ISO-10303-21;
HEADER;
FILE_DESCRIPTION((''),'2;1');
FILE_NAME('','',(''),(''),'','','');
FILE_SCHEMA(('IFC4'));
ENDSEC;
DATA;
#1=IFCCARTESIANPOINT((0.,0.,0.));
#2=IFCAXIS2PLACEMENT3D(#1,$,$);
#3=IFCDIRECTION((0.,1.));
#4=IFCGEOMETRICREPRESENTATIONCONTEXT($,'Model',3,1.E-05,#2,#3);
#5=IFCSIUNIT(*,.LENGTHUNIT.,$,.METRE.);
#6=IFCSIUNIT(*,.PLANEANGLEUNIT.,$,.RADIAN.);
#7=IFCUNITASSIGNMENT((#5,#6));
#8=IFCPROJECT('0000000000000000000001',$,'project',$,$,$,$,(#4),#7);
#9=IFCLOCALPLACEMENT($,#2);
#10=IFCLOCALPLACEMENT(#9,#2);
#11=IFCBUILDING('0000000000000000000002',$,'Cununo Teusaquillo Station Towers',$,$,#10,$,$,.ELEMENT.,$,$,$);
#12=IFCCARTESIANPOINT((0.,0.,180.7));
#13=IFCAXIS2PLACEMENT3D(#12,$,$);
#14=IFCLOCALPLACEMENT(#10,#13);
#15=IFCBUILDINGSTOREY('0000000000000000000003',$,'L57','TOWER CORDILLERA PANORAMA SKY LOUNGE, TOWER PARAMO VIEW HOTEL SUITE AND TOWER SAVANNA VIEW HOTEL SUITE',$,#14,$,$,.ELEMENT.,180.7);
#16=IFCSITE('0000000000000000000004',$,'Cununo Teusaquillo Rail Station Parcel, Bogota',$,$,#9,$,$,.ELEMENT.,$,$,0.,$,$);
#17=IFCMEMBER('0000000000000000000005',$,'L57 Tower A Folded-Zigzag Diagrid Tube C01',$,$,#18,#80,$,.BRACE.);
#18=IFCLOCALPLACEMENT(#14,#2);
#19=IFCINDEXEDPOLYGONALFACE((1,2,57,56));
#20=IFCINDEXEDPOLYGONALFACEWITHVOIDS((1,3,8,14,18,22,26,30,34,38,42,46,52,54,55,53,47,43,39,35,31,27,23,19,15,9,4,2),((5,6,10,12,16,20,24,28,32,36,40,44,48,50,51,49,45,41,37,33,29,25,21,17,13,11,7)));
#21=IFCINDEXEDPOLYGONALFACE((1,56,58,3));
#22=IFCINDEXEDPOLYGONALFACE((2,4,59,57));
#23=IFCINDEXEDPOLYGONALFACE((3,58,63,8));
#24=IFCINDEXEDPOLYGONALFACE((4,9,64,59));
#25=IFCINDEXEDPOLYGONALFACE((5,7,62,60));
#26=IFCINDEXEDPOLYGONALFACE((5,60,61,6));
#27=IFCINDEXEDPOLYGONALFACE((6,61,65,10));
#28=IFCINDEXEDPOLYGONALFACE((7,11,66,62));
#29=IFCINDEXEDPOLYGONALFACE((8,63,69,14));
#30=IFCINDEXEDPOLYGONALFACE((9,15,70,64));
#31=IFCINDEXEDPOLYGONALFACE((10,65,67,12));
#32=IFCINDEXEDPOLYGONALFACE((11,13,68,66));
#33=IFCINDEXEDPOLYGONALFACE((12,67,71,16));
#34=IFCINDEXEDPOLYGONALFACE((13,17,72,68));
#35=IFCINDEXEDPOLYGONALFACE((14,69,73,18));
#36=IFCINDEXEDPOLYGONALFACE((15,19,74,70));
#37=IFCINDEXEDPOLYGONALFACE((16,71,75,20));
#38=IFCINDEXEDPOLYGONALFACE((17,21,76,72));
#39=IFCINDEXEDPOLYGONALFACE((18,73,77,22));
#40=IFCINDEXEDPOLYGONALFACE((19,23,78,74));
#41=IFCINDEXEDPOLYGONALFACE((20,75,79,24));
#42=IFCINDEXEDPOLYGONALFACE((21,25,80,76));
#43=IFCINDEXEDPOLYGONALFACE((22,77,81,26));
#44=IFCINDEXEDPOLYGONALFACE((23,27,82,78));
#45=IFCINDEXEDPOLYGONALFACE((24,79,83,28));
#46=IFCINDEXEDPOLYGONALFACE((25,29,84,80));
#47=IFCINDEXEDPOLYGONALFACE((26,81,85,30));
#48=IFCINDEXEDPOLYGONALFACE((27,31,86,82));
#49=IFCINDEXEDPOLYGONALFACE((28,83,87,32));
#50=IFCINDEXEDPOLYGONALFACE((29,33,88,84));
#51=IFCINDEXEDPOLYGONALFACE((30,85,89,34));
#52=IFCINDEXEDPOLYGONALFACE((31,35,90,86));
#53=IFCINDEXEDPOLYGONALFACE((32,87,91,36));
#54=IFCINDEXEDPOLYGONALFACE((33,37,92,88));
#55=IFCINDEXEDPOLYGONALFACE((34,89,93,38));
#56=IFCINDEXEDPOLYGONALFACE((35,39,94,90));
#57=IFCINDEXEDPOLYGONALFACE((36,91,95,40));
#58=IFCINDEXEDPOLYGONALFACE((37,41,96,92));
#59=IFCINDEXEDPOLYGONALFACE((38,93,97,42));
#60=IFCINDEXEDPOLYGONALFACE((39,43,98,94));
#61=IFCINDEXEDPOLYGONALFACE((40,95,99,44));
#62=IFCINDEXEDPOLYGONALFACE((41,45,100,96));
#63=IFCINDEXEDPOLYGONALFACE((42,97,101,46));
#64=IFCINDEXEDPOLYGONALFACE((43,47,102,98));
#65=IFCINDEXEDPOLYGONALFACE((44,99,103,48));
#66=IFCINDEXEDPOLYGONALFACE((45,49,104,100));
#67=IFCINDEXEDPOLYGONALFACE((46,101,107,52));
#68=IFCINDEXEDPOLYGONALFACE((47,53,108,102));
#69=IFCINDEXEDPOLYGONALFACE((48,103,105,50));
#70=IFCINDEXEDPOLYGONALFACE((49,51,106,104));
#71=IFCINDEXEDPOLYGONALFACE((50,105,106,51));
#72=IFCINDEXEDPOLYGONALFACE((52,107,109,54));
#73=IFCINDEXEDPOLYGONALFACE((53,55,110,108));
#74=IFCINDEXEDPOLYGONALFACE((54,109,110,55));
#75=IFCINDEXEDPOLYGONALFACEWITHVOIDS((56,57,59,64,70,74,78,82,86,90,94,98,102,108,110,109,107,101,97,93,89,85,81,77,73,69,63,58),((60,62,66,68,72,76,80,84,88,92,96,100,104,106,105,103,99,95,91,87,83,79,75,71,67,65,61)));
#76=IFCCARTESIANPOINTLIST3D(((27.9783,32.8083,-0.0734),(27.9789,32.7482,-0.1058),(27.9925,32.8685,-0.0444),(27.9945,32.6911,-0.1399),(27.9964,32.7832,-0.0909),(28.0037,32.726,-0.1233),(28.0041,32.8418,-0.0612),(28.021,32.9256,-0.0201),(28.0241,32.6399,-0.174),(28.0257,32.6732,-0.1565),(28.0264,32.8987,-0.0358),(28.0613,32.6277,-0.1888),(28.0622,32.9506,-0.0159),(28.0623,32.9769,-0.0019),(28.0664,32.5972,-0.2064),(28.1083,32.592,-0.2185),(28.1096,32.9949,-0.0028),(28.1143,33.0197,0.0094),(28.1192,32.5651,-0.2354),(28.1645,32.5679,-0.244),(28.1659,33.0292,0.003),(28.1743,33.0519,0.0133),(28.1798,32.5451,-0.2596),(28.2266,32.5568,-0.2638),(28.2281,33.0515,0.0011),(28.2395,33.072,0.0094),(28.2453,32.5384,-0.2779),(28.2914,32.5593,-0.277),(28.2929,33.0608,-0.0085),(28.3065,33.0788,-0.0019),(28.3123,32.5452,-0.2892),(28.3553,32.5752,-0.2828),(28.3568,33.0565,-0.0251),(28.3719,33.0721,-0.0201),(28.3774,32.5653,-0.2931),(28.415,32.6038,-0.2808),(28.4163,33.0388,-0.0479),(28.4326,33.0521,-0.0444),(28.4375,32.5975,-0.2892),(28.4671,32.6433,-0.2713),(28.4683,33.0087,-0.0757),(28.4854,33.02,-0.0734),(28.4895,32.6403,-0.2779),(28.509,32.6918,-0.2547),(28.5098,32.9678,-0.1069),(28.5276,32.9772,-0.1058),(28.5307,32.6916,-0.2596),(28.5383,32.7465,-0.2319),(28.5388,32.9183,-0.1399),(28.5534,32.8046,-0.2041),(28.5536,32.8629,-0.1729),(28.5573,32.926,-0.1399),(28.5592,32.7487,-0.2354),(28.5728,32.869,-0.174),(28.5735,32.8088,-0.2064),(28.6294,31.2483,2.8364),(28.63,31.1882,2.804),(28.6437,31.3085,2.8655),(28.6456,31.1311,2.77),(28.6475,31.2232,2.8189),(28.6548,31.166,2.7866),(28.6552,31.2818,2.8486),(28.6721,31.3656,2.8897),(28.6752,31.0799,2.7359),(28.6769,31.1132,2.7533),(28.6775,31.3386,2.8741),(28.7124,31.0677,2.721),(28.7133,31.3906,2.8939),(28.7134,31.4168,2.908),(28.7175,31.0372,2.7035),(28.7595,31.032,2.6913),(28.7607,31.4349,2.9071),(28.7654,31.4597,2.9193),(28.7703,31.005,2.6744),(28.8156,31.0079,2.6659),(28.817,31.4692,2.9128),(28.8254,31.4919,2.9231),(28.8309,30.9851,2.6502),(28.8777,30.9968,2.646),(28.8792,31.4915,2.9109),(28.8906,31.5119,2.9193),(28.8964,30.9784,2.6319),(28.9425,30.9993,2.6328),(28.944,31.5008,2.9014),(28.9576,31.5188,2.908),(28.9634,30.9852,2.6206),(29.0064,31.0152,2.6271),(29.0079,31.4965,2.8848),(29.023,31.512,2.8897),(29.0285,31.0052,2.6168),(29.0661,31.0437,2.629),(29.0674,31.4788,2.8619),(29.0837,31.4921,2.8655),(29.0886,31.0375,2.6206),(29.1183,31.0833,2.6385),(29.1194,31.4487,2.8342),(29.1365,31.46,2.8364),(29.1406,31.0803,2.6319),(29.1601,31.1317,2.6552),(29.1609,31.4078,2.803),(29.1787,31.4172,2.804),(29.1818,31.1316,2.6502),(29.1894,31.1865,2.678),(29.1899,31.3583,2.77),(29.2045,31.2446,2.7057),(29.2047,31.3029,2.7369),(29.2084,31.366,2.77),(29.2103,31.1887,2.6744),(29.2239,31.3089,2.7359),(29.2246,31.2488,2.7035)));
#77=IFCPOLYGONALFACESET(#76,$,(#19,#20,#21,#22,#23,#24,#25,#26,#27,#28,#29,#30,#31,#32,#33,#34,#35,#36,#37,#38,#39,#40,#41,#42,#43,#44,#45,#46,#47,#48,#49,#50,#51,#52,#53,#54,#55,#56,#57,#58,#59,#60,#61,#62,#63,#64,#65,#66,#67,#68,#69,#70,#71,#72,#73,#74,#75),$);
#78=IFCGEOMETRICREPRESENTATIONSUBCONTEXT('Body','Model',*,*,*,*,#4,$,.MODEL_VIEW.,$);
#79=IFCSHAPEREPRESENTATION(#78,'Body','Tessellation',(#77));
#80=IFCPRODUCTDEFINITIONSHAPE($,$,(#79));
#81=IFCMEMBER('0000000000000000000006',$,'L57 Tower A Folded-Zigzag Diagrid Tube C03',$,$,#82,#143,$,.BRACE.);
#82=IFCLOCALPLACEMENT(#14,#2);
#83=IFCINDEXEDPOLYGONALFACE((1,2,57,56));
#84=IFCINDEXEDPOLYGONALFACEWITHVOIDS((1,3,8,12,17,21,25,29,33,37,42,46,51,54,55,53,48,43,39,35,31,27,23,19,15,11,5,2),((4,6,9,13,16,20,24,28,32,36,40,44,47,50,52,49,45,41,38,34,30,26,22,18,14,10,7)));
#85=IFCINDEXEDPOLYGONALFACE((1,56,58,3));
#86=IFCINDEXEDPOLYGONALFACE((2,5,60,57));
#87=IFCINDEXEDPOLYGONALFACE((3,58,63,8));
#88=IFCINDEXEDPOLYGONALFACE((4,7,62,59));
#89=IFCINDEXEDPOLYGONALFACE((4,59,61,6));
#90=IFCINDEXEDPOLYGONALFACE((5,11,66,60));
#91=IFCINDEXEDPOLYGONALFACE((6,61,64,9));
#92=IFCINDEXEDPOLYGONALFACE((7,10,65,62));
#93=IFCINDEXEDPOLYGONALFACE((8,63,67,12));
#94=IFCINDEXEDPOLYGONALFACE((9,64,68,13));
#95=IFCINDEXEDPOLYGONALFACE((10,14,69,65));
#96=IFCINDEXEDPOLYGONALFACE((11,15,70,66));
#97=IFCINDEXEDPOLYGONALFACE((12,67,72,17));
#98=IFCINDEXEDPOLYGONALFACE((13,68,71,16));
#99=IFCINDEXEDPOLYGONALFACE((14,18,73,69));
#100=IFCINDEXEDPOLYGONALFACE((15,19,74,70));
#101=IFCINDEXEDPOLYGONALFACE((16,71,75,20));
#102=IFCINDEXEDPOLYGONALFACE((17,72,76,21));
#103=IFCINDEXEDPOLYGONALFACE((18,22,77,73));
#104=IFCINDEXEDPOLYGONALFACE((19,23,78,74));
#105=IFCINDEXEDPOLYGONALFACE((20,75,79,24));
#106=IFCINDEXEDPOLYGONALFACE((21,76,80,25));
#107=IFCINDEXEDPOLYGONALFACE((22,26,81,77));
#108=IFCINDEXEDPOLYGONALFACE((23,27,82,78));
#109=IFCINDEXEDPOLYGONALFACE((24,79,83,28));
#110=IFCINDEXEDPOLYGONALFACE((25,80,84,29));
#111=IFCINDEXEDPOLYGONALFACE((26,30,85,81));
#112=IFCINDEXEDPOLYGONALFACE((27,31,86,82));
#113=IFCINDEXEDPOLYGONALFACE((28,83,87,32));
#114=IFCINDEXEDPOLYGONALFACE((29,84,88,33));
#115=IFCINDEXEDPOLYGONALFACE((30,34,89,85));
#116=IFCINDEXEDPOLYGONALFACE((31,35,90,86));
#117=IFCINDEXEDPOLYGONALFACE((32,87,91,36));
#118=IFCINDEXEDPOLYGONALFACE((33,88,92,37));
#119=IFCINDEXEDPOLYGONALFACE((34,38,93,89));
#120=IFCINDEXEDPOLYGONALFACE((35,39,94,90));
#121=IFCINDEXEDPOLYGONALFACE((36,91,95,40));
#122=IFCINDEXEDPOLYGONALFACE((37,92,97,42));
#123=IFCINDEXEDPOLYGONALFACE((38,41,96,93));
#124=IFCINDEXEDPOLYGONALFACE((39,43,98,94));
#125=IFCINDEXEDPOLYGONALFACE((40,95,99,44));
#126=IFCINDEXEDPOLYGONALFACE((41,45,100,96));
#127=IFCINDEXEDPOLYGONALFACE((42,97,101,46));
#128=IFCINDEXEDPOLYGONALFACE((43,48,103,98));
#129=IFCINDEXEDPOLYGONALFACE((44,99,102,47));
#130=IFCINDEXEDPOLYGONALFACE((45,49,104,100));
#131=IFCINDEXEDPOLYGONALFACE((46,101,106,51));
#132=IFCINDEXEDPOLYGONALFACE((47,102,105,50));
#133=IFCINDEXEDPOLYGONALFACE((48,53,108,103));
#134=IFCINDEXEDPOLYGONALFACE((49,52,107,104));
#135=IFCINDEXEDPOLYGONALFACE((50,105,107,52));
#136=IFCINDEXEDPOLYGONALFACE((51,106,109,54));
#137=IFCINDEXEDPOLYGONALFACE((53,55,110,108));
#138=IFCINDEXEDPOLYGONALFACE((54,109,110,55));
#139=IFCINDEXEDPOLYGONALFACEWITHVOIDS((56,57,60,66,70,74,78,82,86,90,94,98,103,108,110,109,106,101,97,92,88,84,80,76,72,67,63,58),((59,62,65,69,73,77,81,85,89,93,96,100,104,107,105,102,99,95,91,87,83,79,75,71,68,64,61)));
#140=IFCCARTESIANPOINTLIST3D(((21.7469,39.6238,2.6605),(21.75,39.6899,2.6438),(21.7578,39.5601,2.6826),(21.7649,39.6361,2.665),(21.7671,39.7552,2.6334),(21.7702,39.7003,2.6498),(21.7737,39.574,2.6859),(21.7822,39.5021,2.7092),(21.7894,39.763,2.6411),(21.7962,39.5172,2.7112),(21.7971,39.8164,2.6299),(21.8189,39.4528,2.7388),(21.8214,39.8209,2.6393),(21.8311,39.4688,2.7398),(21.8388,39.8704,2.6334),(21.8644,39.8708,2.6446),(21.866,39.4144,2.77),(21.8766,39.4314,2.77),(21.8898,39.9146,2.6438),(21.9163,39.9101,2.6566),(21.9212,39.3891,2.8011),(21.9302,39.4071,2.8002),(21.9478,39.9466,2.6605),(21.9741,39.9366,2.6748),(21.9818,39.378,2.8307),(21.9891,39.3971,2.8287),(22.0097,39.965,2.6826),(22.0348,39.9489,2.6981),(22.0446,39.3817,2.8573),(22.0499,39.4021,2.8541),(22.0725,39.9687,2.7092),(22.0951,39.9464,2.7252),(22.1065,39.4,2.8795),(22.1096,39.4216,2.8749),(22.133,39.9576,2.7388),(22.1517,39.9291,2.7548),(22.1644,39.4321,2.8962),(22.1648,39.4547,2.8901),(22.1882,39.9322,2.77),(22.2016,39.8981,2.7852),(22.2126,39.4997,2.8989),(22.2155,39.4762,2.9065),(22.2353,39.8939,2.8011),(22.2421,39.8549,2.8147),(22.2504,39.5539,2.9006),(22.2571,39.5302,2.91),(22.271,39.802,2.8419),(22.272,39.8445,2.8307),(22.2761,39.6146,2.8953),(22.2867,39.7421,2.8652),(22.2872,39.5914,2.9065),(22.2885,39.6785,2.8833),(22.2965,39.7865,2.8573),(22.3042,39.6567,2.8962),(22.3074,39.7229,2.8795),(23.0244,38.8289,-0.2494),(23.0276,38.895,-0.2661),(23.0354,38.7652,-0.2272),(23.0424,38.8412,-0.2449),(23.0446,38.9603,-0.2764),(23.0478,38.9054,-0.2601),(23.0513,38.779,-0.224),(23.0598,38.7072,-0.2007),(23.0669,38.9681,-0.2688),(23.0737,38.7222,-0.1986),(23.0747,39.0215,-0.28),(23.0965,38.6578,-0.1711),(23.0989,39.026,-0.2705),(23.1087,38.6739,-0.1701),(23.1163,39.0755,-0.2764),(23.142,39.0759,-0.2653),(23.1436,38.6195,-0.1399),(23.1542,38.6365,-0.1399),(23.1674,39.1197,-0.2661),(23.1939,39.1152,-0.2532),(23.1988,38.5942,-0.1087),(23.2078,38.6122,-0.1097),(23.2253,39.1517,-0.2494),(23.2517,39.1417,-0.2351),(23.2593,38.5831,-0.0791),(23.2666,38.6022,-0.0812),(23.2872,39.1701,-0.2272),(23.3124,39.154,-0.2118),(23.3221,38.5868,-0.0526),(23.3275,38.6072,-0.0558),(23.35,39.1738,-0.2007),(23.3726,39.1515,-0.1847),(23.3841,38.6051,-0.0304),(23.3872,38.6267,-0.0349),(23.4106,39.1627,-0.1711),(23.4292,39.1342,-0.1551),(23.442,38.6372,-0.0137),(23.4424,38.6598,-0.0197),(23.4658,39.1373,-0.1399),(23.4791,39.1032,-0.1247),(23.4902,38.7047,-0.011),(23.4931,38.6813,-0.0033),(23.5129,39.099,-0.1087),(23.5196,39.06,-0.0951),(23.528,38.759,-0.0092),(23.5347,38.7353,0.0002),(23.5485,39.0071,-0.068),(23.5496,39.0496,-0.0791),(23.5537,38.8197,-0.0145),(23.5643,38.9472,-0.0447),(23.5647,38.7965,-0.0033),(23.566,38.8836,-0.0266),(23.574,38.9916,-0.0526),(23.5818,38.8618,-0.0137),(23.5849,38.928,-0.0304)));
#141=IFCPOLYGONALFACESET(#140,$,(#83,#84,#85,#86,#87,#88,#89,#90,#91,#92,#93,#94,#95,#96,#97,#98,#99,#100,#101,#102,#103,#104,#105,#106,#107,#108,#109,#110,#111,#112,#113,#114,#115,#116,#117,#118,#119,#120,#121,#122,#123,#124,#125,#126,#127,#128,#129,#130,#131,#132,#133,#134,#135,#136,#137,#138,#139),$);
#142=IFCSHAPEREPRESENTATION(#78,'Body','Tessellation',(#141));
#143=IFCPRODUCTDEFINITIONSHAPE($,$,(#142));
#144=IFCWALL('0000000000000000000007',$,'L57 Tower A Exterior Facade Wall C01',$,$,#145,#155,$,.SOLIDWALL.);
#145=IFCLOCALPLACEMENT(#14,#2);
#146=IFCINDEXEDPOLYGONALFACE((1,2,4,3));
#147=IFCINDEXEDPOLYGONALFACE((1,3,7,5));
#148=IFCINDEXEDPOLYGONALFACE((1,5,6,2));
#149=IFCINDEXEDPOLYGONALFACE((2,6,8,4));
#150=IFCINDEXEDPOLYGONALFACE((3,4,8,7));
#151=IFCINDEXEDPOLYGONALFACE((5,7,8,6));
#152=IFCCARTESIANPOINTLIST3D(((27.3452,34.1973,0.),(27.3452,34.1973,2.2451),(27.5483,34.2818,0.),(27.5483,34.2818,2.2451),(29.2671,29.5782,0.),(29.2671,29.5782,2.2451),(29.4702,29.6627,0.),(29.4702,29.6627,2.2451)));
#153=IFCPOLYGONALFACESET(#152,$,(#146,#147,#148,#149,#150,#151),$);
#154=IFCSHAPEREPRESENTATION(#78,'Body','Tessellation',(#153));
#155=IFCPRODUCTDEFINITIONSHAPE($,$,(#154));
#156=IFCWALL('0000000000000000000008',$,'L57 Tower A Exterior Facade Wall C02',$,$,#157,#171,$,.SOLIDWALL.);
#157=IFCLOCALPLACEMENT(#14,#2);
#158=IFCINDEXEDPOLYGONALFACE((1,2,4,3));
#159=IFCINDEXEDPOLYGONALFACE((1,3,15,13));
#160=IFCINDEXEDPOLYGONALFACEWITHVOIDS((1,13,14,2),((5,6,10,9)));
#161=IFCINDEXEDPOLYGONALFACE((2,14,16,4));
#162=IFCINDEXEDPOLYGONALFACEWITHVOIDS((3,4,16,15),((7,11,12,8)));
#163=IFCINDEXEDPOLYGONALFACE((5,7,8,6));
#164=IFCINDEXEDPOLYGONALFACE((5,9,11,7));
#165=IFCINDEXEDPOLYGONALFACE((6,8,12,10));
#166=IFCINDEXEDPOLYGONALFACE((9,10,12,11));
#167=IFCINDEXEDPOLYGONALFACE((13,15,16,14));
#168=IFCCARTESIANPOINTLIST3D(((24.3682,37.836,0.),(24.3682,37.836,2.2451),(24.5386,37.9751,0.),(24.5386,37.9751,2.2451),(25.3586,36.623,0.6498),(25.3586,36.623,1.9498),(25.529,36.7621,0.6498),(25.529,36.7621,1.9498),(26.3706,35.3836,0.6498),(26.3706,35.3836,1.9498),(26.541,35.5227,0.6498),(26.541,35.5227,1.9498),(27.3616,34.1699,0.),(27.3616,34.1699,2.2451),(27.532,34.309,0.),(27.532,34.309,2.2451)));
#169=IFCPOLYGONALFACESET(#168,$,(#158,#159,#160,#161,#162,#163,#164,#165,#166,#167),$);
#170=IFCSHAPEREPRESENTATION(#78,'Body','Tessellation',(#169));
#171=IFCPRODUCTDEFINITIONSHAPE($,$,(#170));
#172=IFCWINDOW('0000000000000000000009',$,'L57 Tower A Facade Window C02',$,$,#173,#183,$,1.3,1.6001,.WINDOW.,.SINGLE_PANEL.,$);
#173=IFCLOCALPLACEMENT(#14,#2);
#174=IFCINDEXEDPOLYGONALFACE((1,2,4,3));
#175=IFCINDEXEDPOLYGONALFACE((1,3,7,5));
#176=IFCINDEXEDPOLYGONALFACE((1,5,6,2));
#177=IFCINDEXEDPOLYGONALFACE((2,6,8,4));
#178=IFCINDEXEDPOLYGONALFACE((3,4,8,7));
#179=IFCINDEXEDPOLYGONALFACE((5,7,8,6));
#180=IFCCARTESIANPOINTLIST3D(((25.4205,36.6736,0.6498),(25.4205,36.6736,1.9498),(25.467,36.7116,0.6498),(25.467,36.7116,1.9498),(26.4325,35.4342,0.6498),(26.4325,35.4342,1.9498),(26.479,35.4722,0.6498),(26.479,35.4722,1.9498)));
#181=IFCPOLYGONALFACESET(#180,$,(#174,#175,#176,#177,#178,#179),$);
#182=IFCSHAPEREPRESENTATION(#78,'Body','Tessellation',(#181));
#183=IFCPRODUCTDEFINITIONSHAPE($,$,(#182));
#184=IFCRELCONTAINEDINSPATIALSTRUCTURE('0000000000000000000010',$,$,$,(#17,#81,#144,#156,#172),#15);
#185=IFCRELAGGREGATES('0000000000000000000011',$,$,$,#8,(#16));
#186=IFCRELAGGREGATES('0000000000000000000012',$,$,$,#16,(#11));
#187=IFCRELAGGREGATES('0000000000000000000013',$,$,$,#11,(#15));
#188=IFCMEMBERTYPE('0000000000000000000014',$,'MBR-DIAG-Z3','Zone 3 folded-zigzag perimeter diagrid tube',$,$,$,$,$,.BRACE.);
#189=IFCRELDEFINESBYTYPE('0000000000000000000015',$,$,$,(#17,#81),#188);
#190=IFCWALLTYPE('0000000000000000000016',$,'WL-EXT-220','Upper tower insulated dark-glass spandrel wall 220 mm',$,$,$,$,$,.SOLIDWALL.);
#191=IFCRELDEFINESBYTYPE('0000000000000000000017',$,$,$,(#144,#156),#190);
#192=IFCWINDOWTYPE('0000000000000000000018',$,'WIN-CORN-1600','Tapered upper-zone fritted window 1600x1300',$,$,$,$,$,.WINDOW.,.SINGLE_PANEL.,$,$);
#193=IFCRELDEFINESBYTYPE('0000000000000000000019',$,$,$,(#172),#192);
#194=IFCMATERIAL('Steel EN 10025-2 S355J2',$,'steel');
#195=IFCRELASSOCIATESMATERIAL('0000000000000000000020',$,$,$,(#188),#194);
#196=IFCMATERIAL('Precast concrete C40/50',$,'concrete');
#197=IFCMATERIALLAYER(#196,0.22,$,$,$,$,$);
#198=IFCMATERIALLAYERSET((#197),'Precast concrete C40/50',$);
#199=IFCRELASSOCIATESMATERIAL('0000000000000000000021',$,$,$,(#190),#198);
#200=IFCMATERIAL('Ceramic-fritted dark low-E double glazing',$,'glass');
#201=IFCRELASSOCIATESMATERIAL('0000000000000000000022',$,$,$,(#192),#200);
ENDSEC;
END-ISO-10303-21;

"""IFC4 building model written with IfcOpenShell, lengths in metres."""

from ifc_helpers import new_model, si_unit, direction, frame, frame_2d, origin, origin_2d, place, context, subcontext, project, spatial, rectangle, hollow_circle, extrude, source, transform, mapped, material, layer, layer_set, material_profile, profile_set, type_object, element, fill, save


model = new_model("IFC4")

# Units and contexts
model_context = context("Model", 3, precision=1e-05, world=origin(), true_north=direction((0.0, 1.0)))
body_context = subcontext(model_context, "Body", "Model", "MODEL_VIEW")
ifc_project = project(units=[si_unit("LENGTHUNIT", "METRE"), si_unit("PLANEANGLEUNIT", "RADIAN")], contexts=[model_context])

# Site, building, storey
site_placement = place(None, origin())
site = spatial("IfcSite", under=ifc_project, at=site_placement, Name="Cununo Teusaquillo Rail Station Parcel, Bogota", CompositionType="ELEMENT", RefElevation=0.0)
building_placement = place(site_placement, origin())
building = spatial("IfcBuilding", under=site, at=building_placement, Name="Cununo Teusaquillo Station Towers", CompositionType="ELEMENT")
storey_placement = place(building_placement, frame((0.0, 0.0, 180.7)))
storey = spatial("IfcBuildingStorey", under=building, at=storey_placement, Name="L57", Description="TOWER CORDILLERA PANORAMA SKY LOUNGE, TOWER PARAMO VIEW HOTEL SUITE AND TOWER SAVANNA VIEW HOTEL SUITE", CompositionType="ELEMENT", Elevation=180.7)

# Members
ifc_material_1 = material(Name="Steel EN 10025-2 S355J2", Category="steel")
ifc_material_profile_1 = material_profile(ifc_material_1, hollow_circle(Radius=0.3049, WallThickness=0.02, at=origin_2d()), Name="CHS 610x20")
ifc_profile_set_1 = profile_set([ifc_material_profile_1], Name="Steel EN 10025-2 S355J2")
member_type = type_object("IfcMemberType", Name="MBR-DIAG-Z3", Description="Zone 3 folded-zigzag perimeter diagrid tube", PredefinedType="BRACE", material=ifc_profile_set_1)
member_1_placement = place(storey_placement, frame((28.2759, 32.8086, -0.1399), z_axis=(0.193481, -0.46357, 0.864678), x_axis=(0.922846, 0.385169, 0.0)))
element("IfcMember", 1, at=member_1_placement, inside=storey, type_object=member_type, Name="L57 Tower A Folded-Zigzag Diagrid Tube C01", PredefinedType="BRACE", context=body_context, shape_type="SweptSolid", body=[
    extrude(hollow_circle(Radius=0.3049, WallThickness=0.02, at=origin_2d()), origin(), (0.0, 0.0, 1.0), 3.3652),
])
member_2_placement = place(storey_placement, frame((23.3047, 38.8784, -0.1399), z_axis=(-0.389992, 0.242655, 0.88827), x_axis=(-0.528291, -0.849063, 0.0)))
element("IfcMember", 2, at=member_2_placement, inside=storey, type_object=member_type, Name="L57 Tower A Folded-Zigzag Diagrid Tube C03", PredefinedType="BRACE", context=body_context, shape_type="SweptSolid", body=[
    extrude(hollow_circle(Radius=0.3049, WallThickness=0.02, at=origin_2d()), origin(), (0.0, 0.0, 1.0), 3.2759),
])

# Wall
ifc_material_2 = material(Name="Precast concrete C40/50", Category="concrete")
ifc_layer_1 = layer(ifc_material_2, 0.22)
ifc_layer_set_1 = layer_set([ifc_layer_1], Name="Precast concrete C40/50")
wall_type_1 = type_object("IfcWallType", Name="WL-EXT-220", Description="Upper tower insulated dark-glass spandrel wall 220 mm", PredefinedType="SOLIDWALL", material=ifc_layer_set_1)
wall_1_placement = place(storey_placement, frame((27.4468, 34.2395, 0.0), z_axis=(0.0, 0.0, 1.0), x_axis=(0.384144, -0.923273, 0.0)))
element("IfcWall", 3, at=wall_1_placement, inside=storey, type_object=wall_type_1, Name="L57 Tower A Exterior Facade Wall C01", PredefinedType="SOLIDWALL", context=body_context, shape_type="SweptSolid", body=[
    extrude(rectangle(XDim=5.0029, YDim=0.22, at=frame_2d((2.5015, 0.0))), origin(), (0.0, 0.0, 1.0), 2.2451),
])

# Wall, opening, window
wall_2_placement = place(storey_placement, frame((24.4534, 37.9055, 0.0), z_axis=(0.0, 0.0, 1.0), x_axis=(0.632471, -0.774584, 0.0)))
wall_2 = element("IfcWall", 4, at=wall_2_placement, inside=storey, type_object=wall_type_1, Name="L57 Tower A Exterior Facade Wall C02", PredefinedType="SOLIDWALL", context=body_context, shape_type="SweptSolid", body=[
    extrude(rectangle(XDim=4.7329, YDim=0.22, at=frame_2d((2.3665, 0.0))), origin(), (0.0, 0.0, 1.0), 2.2451),
])
shared_shape_1 = source(origin(), body_context, "Body", "SweptSolid", [
    extrude(rectangle(XDim=1.6001, YDim=1.3, at=frame_2d((0.8, 0.6499))), frame((0.0, 0.1199, 0.0), z_axis=(0.0, -1.0, 0.0), x_axis=(1.0, 0.0, 0.0)), (0.0, 0.0, 1.0), 0.24),
])
opening_1_placement = place(wall_2_placement, frame((1.5659, 0.0, 0.6499)))
opening_1 = element("IfcOpeningElement", 5, at=opening_1_placement, cuts=wall_2, PredefinedType="OPENING", context=body_context, shape_type="MappedRepresentation", body=[
    mapped(shared_shape_1, transform((0.0, 0.0, 0.0), x_axis=(1.0, 0.0, 0.0), y_axis=(0.0, 1.0, 0.0), z_axis=(0.0, 0.0, 1.0), scale=1.0)),
])
ifc_material_3 = material(Name="Ceramic-fritted dark low-E double glazing", Category="glass")
window_type = type_object("IfcWindowType", Name="WIN-CORN-1600", Description="Tapered upper-zone fritted window 1600x1300", PartitioningType="SINGLE_PANEL", PredefinedType="WINDOW", material=ifc_material_3)
shared_shape_2 = source(origin(), body_context, "Body", "SweptSolid", [
    extrude(rectangle(XDim=1.6001, YDim=1.3, at=frame_2d((0.8, 0.6499))), frame((0.0, 0.03, 0.0), z_axis=(0.0, -1.0, 0.0), x_axis=(1.0, 0.0, 0.0)), (0.0, 0.0, 1.0), 0.0601),
])
window_1_placement = place(opening_1_placement, origin())
window_1 = element("IfcWindow", 6, at=window_1_placement, inside=storey, type_object=window_type, Name="L57 Tower A Facade Window C02", OverallHeight=1.3, OverallWidth=1.6001, PartitioningType="SINGLE_PANEL", PredefinedType="WINDOW", context=body_context, shape_type="MappedRepresentation", body=[
    mapped(shared_shape_2, transform((0.0, 0.0, 0.0), x_axis=(1.0, 0.0, 0.0), y_axis=(0.0, 1.0, 0.0), z_axis=(0.0, 0.0, 1.0), scale=1.0)),
])
fill(opening_1, window_1)

save(model, "model.ifc")
